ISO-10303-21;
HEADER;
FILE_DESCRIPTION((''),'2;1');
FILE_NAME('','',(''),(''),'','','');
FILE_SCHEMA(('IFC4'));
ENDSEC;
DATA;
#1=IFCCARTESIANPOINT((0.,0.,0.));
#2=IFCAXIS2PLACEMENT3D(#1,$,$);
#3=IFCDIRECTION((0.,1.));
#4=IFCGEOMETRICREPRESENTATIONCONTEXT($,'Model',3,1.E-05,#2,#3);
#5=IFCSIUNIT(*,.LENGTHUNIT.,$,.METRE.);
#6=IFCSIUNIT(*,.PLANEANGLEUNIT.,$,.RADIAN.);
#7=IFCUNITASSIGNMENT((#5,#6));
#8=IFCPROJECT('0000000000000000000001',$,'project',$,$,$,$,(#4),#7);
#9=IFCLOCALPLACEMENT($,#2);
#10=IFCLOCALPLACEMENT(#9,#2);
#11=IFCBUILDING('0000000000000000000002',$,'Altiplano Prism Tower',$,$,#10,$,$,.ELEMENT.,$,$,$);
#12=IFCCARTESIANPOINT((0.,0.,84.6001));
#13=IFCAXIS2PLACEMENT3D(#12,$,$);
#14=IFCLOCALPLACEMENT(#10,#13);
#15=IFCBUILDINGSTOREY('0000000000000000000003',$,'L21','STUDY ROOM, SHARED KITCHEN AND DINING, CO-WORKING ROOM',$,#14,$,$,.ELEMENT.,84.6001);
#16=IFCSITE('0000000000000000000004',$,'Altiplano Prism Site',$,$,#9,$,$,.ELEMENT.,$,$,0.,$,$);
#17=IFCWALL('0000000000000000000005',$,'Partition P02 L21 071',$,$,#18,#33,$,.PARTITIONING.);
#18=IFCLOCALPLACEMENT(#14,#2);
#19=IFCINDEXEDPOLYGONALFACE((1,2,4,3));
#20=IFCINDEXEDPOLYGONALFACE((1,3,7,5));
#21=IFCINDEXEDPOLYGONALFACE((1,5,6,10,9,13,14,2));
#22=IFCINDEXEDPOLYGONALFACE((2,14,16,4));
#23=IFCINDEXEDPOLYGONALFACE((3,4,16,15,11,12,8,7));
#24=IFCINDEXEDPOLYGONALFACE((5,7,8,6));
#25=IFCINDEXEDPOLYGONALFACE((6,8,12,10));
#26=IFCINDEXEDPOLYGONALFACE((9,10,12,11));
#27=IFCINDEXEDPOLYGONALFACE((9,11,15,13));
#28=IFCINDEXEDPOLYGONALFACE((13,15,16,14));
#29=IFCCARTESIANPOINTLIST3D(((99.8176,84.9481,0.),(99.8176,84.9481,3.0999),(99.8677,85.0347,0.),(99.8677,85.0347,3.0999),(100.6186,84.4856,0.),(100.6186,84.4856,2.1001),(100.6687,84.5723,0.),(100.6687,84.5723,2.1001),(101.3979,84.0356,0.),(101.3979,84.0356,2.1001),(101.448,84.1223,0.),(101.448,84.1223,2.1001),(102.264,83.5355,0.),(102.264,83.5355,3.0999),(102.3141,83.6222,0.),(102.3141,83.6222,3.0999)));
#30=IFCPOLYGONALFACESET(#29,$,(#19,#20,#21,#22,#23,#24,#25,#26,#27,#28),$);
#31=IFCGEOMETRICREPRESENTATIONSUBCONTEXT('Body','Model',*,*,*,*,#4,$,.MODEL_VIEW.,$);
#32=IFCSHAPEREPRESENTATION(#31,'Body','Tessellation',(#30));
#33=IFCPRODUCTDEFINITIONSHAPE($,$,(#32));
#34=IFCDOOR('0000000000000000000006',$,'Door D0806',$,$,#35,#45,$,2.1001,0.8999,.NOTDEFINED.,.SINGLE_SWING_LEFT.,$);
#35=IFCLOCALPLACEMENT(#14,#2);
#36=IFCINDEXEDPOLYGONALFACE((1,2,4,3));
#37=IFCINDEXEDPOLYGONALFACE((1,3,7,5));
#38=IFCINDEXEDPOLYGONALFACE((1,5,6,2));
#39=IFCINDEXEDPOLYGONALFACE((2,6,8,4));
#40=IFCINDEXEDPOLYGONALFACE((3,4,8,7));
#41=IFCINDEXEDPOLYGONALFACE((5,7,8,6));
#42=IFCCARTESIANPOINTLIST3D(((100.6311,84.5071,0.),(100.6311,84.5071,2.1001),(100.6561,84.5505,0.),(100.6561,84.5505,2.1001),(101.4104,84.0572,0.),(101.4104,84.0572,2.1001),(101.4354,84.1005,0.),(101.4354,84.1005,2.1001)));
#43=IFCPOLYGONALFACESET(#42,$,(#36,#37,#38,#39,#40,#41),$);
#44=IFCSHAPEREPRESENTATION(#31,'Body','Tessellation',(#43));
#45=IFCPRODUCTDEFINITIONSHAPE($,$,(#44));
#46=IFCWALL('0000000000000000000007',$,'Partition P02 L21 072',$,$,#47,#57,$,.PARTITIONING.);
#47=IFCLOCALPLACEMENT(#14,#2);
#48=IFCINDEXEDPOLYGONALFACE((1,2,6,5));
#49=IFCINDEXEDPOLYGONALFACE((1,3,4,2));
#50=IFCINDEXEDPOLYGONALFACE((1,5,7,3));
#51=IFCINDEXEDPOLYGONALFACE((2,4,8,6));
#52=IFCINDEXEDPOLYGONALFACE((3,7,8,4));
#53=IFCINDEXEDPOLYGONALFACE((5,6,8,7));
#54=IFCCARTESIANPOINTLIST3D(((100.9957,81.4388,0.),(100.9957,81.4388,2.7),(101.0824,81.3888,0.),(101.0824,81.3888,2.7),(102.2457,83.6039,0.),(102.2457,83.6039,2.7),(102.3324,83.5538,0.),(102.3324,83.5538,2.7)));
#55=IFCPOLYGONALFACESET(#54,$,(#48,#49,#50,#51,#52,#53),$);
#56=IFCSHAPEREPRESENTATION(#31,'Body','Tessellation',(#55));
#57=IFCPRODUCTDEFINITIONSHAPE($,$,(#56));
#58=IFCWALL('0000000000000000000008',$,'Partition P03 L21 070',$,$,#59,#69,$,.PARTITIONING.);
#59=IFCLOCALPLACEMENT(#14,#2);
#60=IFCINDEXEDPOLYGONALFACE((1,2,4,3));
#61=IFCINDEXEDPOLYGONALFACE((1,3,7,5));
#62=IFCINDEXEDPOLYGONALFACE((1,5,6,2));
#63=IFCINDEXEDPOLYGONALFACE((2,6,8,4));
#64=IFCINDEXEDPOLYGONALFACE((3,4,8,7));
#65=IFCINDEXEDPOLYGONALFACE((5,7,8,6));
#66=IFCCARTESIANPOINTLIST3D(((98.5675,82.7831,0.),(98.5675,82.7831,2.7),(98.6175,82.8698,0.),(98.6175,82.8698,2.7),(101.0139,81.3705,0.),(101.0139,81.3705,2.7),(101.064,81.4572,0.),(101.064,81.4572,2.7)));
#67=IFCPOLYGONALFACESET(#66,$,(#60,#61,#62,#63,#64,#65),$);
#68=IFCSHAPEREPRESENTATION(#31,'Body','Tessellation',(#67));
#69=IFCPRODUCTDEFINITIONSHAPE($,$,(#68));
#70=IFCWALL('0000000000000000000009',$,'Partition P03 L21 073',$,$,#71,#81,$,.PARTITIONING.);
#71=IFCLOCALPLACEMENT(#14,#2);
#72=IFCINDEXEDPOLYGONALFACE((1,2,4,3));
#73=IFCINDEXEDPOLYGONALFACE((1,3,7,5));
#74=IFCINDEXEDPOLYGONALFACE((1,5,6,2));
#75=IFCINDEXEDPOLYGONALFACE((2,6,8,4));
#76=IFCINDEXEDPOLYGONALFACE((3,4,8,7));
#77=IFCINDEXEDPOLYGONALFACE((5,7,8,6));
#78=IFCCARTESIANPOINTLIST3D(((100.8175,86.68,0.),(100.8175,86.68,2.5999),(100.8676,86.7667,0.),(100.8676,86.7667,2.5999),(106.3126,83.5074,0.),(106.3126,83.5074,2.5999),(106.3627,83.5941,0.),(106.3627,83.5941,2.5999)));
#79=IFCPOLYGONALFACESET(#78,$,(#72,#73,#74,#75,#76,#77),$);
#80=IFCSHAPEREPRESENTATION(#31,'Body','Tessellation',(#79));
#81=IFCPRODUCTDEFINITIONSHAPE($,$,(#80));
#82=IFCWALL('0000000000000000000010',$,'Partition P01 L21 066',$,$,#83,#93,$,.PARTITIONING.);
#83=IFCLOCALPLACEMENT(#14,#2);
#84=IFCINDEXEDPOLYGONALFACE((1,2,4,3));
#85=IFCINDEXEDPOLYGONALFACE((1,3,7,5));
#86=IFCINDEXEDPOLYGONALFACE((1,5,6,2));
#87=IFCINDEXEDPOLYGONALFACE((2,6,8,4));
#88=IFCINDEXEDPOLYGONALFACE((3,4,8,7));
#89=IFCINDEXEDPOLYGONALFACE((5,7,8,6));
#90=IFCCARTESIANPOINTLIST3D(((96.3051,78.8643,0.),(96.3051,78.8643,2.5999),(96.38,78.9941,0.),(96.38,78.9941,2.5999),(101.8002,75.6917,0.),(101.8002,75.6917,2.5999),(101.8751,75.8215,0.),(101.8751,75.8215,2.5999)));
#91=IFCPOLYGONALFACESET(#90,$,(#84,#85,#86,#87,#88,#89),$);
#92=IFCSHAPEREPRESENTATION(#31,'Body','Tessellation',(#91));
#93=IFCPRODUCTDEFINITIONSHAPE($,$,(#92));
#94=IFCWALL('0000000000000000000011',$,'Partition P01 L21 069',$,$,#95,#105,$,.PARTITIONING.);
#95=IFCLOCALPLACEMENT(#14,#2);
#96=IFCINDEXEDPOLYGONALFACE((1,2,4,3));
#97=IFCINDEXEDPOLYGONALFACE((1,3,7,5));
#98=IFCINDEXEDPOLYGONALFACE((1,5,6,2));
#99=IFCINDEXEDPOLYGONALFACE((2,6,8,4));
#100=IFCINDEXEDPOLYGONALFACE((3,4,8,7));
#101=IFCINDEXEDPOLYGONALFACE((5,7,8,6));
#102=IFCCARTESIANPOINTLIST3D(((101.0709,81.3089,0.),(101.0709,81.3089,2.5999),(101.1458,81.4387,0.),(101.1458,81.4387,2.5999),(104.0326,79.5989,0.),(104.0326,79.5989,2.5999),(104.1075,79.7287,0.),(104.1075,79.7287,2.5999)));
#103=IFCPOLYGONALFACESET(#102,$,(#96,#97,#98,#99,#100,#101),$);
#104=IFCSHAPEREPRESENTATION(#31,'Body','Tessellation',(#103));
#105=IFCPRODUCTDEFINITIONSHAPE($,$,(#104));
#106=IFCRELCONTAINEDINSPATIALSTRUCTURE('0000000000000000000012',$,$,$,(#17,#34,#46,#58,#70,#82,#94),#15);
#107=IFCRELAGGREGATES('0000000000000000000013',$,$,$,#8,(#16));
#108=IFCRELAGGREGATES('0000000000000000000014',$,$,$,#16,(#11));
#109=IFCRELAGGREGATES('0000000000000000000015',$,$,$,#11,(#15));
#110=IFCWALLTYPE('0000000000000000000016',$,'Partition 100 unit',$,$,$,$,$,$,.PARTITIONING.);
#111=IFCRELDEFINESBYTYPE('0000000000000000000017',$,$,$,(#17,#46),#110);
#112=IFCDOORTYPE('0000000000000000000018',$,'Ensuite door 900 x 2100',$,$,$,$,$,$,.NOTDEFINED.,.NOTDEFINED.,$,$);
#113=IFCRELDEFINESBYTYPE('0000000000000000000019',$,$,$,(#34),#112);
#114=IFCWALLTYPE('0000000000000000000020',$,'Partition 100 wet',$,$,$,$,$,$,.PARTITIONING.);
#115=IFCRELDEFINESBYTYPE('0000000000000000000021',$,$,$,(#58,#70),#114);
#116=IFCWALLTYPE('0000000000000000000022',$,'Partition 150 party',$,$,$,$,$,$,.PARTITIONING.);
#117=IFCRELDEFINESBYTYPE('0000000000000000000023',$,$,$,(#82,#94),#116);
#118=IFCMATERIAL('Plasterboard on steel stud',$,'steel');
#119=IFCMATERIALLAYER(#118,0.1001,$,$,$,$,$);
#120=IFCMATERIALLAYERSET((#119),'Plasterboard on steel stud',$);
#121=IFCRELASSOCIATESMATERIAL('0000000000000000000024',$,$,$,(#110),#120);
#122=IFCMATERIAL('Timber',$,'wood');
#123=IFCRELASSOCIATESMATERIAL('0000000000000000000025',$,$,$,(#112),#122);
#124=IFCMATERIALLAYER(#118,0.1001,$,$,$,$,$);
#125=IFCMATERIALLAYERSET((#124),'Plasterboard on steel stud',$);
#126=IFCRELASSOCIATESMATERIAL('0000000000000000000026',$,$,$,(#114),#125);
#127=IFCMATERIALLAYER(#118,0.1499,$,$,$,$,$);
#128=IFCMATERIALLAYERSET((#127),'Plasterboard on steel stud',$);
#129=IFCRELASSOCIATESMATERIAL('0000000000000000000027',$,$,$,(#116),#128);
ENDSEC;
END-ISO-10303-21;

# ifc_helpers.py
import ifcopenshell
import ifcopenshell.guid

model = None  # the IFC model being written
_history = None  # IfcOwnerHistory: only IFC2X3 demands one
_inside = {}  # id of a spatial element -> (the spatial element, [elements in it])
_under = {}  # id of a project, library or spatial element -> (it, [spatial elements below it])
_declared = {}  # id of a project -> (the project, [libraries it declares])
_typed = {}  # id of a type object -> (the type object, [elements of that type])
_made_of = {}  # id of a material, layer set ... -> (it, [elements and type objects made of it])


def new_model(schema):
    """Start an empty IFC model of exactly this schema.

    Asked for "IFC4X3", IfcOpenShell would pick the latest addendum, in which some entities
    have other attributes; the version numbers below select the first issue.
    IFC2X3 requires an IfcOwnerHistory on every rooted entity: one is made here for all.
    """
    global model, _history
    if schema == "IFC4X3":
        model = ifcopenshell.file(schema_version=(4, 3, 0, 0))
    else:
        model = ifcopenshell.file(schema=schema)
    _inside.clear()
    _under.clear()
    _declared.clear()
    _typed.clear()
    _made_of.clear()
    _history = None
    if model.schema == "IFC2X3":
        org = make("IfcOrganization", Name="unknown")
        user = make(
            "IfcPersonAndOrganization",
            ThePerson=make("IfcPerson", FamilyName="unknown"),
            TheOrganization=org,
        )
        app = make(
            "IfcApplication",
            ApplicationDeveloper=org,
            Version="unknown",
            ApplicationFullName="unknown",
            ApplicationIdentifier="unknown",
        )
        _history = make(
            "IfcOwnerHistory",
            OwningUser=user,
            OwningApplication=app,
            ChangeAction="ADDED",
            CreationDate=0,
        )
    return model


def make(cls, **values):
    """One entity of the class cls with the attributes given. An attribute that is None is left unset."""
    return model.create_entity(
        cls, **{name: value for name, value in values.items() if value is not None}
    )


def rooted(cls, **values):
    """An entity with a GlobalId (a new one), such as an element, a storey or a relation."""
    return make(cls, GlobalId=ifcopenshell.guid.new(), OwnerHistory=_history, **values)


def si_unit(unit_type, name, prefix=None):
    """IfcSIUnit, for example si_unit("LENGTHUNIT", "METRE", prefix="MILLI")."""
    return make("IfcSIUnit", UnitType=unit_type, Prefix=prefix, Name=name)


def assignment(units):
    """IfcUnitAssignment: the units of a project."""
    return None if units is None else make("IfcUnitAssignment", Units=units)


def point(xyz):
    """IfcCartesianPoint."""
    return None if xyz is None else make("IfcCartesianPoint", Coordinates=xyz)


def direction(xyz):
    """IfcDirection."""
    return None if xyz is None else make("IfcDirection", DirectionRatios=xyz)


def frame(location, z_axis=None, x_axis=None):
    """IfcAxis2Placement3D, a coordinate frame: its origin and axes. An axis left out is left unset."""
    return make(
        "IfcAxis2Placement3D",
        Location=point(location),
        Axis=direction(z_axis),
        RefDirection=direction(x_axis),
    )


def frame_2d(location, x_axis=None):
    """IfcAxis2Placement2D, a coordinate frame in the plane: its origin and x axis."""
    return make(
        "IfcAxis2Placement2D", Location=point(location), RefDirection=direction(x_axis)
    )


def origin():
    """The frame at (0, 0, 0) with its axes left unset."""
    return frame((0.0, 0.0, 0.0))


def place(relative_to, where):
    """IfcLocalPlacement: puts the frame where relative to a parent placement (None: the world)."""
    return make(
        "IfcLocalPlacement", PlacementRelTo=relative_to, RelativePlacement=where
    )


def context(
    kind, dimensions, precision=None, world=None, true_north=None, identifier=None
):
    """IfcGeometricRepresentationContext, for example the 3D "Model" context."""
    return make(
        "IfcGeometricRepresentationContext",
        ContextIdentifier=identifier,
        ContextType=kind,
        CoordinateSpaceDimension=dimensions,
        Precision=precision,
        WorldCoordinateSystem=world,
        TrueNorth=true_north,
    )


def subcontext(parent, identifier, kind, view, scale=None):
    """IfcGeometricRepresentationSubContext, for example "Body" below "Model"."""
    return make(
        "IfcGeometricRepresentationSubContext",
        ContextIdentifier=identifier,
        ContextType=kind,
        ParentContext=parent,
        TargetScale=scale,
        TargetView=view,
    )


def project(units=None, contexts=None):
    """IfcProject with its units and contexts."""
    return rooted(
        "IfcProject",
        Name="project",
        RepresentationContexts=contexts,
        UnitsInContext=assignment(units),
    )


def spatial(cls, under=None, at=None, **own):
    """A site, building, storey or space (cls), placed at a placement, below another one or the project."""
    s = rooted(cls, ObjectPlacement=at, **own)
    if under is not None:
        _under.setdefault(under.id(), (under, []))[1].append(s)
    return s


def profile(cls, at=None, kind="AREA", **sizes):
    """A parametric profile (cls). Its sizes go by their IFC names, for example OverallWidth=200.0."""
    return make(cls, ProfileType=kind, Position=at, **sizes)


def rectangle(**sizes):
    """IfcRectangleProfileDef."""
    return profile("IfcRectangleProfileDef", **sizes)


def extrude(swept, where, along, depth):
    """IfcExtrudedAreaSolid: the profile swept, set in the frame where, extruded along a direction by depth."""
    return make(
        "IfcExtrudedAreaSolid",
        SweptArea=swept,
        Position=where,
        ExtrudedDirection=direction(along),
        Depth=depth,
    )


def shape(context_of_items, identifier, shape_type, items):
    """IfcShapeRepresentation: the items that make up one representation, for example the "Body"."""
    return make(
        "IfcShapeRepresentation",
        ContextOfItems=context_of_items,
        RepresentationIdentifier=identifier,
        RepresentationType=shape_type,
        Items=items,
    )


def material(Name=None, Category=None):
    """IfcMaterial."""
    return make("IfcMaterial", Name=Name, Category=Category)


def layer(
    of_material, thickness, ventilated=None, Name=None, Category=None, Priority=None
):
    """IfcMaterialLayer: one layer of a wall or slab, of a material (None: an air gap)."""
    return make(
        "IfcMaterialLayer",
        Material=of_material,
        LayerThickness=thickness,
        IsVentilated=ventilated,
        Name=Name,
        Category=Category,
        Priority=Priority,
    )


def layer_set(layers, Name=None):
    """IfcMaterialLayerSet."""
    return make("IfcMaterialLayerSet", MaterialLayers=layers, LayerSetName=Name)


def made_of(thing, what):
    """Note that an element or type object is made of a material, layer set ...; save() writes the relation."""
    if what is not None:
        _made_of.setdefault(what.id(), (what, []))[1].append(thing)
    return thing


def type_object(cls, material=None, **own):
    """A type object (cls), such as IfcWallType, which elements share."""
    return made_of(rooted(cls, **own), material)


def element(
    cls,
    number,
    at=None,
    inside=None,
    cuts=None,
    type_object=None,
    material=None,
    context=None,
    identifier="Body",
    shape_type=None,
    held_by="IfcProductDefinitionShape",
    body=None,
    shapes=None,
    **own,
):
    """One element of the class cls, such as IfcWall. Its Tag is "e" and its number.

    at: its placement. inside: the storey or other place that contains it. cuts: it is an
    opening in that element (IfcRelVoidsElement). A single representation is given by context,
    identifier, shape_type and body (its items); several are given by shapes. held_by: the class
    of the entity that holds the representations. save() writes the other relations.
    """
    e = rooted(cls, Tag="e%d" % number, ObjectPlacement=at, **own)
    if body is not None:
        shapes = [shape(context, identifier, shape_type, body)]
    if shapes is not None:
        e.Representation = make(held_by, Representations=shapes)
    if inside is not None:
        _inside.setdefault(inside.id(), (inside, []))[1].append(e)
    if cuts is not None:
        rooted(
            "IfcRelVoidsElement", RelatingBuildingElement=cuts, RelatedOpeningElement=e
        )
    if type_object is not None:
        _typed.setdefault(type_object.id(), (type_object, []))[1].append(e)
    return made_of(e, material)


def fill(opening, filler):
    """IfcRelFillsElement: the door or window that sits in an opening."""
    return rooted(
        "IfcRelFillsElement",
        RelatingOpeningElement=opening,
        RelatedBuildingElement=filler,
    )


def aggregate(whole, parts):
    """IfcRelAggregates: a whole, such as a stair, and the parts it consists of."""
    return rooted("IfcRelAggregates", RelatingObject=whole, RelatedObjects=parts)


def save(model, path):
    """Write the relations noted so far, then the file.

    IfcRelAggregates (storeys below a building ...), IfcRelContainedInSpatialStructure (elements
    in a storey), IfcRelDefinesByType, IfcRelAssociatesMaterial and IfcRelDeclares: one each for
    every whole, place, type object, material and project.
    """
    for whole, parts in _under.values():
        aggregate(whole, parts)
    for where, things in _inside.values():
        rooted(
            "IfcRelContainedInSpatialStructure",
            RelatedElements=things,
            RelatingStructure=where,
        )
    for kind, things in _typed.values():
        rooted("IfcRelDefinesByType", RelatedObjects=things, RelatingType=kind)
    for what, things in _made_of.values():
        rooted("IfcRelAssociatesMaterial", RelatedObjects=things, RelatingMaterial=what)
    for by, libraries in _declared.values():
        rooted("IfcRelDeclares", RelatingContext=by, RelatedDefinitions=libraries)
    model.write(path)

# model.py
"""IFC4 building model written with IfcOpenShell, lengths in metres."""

from ifc_helpers import new_model, si_unit, direction, frame, frame_2d, origin, place, context, subcontext, project, spatial, rectangle, extrude, material, layer, layer_set, type_object, element, fill, save


model = new_model("IFC4")

# Units and contexts
model_context = context("Model", 3, precision=1e-05, world=origin(), true_north=direction((0.0, 1.0)))
body_context = subcontext(model_context, "Body", "Model", "MODEL_VIEW")
ifc_project = project(units=[si_unit("LENGTHUNIT", "METRE"), si_unit("PLANEANGLEUNIT", "RADIAN")], contexts=[model_context])

# Site, building, storey
site_placement = place(None, origin())
site = spatial("IfcSite", under=ifc_project, at=site_placement, Name="Altiplano Prism Site", CompositionType="ELEMENT", RefElevation=0.0)
building_placement = place(site_placement, origin())
building = spatial("IfcBuilding", under=site, at=building_placement, Name="Altiplano Prism Tower", CompositionType="ELEMENT")
storey_placement = place(building_placement, frame((0.0, 0.0, 84.6001)))
storey = spatial("IfcBuildingStorey", under=building, at=storey_placement, Name="L21", Description="STUDY ROOM, SHARED KITCHEN AND DINING, CO-WORKING ROOM", CompositionType="ELEMENT", Elevation=84.6001)

# Shared definitions
ifc_material_1 = material(Name="Plasterboard on steel stud", Category="steel")
ifc_layer_1 = layer(ifc_material_1, 0.1001)
ifc_layer_set_1 = layer_set([ifc_layer_1], Name="Plasterboard on steel stud")
wall_type_1 = type_object("IfcWallType", Name="Partition 100 unit", PredefinedType="PARTITIONING", material=ifc_layer_set_1)

# Wall, opening, door
wall_1_placement = place(storey_placement, frame((99.8425, 84.9915, 0.0), z_axis=(0.0, 0.0, 1.0), x_axis=(0.866011, -0.500024, 0.0)))
wall_1 = element("IfcWall", 1, at=wall_1_placement, inside=storey, type_object=wall_type_1, Name="Partition P02 L21 071", PredefinedType="PARTITIONING", context=body_context, shape_type="SweptSolid", body=[
    extrude(rectangle(XDim=2.825, YDim=0.1001, at=frame_2d((1.4126, 0.0))), origin(), (0.0, 0.0, 1.0), 3.0999),
])
opening_placement = place(wall_1_placement, frame((0.925, 0.0, 0.0)))
opening = element("IfcOpeningElement", 2, at=opening_placement, cuts=wall_1, PredefinedType="OPENING", context=body_context, shape_type="SweptSolid", body=[
    extrude(rectangle(XDim=0.8999, YDim=2.1001, at=frame_2d((0.45, 1.05))), frame((0.0, 0.0605, 0.0), z_axis=(0.0, -1.0, 0.0), x_axis=(1.0, 0.0, 0.0)), (0.0, 0.0, 1.0), 0.1211),
])
ifc_material_2 = material(Name="Timber", Category="wood")
door_type = type_object("IfcDoorType", Name="Ensuite door 900 x 2100", OperationType="NOTDEFINED", PredefinedType="NOTDEFINED", material=ifc_material_2)
door_placement = place(opening_placement, origin())
door = element("IfcDoor", 3, at=door_placement, inside=storey, type_object=door_type, Name="Door D0806", OperationType="SINGLE_SWING_LEFT", OverallHeight=2.1001, OverallWidth=0.8999, PredefinedType="NOTDEFINED", context=body_context, shape_type="SweptSolid", body=[
    extrude(rectangle(XDim=0.8999, YDim=2.1001, at=frame_2d((0.45, 1.05))), frame((0.0, 0.0249, 0.0), z_axis=(0.0, -1.0, 0.0), x_axis=(1.0, 0.0, 0.0)), (0.0, 0.0, 1.0), 0.05),
])
fill(opening, door)

# Walls
wall_2_placement = place(storey_placement, frame((102.2891, 83.5789, 0.0), z_axis=(0.0, 0.0, 1.0), x_axis=(-0.500004, -0.866023, 0.0)))
element("IfcWall", 4, at=wall_2_placement, inside=storey, type_object=wall_type_1, Name="Partition P02 L21 072", PredefinedType="PARTITIONING", context=body_context, shape_type="SweptSolid", body=[
    extrude(rectangle(XDim=2.5, YDim=0.1001, at=frame_2d((1.25, 0.0))), origin(), (0.0, 0.0, 1.0), 2.7),
])
ifc_layer_2 = layer(ifc_material_1, 0.1001)
ifc_layer_set_2 = layer_set([ifc_layer_2], Name="Plasterboard on steel stud")
wall_type_2 = type_object("IfcWallType", Name="Partition 100 wet", PredefinedType="PARTITIONING", material=ifc_layer_set_2)
wall_3_placement = place(storey_placement, frame((101.0391, 81.4138, 0.0), z_axis=(0.0, 0.0, 1.0), x_axis=(-0.866011, 0.500024, 0.0)))
element("IfcWall", 5, at=wall_3_placement, inside=storey, type_object=wall_type_2, Name="Partition P03 L21 070", PredefinedType="PARTITIONING", context=body_context, shape_type="SweptSolid", body=[
    extrude(rectangle(XDim=2.825, YDim=0.1001, at=frame_2d((1.4126, 0.0))), origin(), (0.0, 0.0, 1.0), 2.7),
])
wall_4_placement = place(storey_placement, frame((106.3376, 83.5508, 0.0), z_axis=(0.0, 0.0, 1.0), x_axis=(-0.866025, 0.5, 0.0)))
element("IfcWall", 6, at=wall_4_placement, inside=storey, type_object=wall_type_2, Name="Partition P03 L21 073", PredefinedType="PARTITIONING", context=body_context, shape_type="SweptSolid", body=[
    extrude(rectangle(XDim=6.3452, YDim=0.1001, at=frame_2d((3.1726, 0.0))), origin(), (0.0, 0.0, 1.0), 2.5999),
])
ifc_layer_3 = layer(ifc_material_1, 0.1499)
ifc_layer_set_3 = layer_set([ifc_layer_3], Name="Plasterboard on steel stud")
wall_type_3 = type_object("IfcWallType", Name="Partition 150 party", PredefinedType="PARTITIONING", material=ifc_layer_set_3)
wall_5_placement = place(storey_placement, frame((101.8376, 75.7566, 0.0), z_axis=(0.0, 0.0, 1.0), x_axis=(-0.866025, 0.5, 0.0)))
element("IfcWall", 7, at=wall_5_placement, inside=storey, type_object=wall_type_3, Name="Partition P01 L21 066", PredefinedType="PARTITIONING", context=body_context, shape_type="SweptSolid", body=[
    extrude(rectangle(XDim=6.3452, YDim=0.1499, at=frame_2d((3.1726, 0.0))), origin(), (0.0, 0.0, 1.0), 2.5999),
])
wall_6_placement = place(storey_placement, frame((104.0701, 79.6638, 0.0), z_axis=(0.0, 0.0, 1.0), x_axis=(-0.86602, 0.500009, 0.0)))
element("IfcWall", 8, at=wall_6_placement, inside=storey, type_object=wall_type_3, Name="Partition P01 L21 069", PredefinedType="PARTITIONING", context=body_context, shape_type="SweptSolid", body=[
    extrude(rectangle(XDim=3.4199, YDim=0.1499, at=frame_2d((1.71, 0.0))), origin(), (0.0, 0.0, 1.0), 2.5999),
])

save(model, "model.ifc")
